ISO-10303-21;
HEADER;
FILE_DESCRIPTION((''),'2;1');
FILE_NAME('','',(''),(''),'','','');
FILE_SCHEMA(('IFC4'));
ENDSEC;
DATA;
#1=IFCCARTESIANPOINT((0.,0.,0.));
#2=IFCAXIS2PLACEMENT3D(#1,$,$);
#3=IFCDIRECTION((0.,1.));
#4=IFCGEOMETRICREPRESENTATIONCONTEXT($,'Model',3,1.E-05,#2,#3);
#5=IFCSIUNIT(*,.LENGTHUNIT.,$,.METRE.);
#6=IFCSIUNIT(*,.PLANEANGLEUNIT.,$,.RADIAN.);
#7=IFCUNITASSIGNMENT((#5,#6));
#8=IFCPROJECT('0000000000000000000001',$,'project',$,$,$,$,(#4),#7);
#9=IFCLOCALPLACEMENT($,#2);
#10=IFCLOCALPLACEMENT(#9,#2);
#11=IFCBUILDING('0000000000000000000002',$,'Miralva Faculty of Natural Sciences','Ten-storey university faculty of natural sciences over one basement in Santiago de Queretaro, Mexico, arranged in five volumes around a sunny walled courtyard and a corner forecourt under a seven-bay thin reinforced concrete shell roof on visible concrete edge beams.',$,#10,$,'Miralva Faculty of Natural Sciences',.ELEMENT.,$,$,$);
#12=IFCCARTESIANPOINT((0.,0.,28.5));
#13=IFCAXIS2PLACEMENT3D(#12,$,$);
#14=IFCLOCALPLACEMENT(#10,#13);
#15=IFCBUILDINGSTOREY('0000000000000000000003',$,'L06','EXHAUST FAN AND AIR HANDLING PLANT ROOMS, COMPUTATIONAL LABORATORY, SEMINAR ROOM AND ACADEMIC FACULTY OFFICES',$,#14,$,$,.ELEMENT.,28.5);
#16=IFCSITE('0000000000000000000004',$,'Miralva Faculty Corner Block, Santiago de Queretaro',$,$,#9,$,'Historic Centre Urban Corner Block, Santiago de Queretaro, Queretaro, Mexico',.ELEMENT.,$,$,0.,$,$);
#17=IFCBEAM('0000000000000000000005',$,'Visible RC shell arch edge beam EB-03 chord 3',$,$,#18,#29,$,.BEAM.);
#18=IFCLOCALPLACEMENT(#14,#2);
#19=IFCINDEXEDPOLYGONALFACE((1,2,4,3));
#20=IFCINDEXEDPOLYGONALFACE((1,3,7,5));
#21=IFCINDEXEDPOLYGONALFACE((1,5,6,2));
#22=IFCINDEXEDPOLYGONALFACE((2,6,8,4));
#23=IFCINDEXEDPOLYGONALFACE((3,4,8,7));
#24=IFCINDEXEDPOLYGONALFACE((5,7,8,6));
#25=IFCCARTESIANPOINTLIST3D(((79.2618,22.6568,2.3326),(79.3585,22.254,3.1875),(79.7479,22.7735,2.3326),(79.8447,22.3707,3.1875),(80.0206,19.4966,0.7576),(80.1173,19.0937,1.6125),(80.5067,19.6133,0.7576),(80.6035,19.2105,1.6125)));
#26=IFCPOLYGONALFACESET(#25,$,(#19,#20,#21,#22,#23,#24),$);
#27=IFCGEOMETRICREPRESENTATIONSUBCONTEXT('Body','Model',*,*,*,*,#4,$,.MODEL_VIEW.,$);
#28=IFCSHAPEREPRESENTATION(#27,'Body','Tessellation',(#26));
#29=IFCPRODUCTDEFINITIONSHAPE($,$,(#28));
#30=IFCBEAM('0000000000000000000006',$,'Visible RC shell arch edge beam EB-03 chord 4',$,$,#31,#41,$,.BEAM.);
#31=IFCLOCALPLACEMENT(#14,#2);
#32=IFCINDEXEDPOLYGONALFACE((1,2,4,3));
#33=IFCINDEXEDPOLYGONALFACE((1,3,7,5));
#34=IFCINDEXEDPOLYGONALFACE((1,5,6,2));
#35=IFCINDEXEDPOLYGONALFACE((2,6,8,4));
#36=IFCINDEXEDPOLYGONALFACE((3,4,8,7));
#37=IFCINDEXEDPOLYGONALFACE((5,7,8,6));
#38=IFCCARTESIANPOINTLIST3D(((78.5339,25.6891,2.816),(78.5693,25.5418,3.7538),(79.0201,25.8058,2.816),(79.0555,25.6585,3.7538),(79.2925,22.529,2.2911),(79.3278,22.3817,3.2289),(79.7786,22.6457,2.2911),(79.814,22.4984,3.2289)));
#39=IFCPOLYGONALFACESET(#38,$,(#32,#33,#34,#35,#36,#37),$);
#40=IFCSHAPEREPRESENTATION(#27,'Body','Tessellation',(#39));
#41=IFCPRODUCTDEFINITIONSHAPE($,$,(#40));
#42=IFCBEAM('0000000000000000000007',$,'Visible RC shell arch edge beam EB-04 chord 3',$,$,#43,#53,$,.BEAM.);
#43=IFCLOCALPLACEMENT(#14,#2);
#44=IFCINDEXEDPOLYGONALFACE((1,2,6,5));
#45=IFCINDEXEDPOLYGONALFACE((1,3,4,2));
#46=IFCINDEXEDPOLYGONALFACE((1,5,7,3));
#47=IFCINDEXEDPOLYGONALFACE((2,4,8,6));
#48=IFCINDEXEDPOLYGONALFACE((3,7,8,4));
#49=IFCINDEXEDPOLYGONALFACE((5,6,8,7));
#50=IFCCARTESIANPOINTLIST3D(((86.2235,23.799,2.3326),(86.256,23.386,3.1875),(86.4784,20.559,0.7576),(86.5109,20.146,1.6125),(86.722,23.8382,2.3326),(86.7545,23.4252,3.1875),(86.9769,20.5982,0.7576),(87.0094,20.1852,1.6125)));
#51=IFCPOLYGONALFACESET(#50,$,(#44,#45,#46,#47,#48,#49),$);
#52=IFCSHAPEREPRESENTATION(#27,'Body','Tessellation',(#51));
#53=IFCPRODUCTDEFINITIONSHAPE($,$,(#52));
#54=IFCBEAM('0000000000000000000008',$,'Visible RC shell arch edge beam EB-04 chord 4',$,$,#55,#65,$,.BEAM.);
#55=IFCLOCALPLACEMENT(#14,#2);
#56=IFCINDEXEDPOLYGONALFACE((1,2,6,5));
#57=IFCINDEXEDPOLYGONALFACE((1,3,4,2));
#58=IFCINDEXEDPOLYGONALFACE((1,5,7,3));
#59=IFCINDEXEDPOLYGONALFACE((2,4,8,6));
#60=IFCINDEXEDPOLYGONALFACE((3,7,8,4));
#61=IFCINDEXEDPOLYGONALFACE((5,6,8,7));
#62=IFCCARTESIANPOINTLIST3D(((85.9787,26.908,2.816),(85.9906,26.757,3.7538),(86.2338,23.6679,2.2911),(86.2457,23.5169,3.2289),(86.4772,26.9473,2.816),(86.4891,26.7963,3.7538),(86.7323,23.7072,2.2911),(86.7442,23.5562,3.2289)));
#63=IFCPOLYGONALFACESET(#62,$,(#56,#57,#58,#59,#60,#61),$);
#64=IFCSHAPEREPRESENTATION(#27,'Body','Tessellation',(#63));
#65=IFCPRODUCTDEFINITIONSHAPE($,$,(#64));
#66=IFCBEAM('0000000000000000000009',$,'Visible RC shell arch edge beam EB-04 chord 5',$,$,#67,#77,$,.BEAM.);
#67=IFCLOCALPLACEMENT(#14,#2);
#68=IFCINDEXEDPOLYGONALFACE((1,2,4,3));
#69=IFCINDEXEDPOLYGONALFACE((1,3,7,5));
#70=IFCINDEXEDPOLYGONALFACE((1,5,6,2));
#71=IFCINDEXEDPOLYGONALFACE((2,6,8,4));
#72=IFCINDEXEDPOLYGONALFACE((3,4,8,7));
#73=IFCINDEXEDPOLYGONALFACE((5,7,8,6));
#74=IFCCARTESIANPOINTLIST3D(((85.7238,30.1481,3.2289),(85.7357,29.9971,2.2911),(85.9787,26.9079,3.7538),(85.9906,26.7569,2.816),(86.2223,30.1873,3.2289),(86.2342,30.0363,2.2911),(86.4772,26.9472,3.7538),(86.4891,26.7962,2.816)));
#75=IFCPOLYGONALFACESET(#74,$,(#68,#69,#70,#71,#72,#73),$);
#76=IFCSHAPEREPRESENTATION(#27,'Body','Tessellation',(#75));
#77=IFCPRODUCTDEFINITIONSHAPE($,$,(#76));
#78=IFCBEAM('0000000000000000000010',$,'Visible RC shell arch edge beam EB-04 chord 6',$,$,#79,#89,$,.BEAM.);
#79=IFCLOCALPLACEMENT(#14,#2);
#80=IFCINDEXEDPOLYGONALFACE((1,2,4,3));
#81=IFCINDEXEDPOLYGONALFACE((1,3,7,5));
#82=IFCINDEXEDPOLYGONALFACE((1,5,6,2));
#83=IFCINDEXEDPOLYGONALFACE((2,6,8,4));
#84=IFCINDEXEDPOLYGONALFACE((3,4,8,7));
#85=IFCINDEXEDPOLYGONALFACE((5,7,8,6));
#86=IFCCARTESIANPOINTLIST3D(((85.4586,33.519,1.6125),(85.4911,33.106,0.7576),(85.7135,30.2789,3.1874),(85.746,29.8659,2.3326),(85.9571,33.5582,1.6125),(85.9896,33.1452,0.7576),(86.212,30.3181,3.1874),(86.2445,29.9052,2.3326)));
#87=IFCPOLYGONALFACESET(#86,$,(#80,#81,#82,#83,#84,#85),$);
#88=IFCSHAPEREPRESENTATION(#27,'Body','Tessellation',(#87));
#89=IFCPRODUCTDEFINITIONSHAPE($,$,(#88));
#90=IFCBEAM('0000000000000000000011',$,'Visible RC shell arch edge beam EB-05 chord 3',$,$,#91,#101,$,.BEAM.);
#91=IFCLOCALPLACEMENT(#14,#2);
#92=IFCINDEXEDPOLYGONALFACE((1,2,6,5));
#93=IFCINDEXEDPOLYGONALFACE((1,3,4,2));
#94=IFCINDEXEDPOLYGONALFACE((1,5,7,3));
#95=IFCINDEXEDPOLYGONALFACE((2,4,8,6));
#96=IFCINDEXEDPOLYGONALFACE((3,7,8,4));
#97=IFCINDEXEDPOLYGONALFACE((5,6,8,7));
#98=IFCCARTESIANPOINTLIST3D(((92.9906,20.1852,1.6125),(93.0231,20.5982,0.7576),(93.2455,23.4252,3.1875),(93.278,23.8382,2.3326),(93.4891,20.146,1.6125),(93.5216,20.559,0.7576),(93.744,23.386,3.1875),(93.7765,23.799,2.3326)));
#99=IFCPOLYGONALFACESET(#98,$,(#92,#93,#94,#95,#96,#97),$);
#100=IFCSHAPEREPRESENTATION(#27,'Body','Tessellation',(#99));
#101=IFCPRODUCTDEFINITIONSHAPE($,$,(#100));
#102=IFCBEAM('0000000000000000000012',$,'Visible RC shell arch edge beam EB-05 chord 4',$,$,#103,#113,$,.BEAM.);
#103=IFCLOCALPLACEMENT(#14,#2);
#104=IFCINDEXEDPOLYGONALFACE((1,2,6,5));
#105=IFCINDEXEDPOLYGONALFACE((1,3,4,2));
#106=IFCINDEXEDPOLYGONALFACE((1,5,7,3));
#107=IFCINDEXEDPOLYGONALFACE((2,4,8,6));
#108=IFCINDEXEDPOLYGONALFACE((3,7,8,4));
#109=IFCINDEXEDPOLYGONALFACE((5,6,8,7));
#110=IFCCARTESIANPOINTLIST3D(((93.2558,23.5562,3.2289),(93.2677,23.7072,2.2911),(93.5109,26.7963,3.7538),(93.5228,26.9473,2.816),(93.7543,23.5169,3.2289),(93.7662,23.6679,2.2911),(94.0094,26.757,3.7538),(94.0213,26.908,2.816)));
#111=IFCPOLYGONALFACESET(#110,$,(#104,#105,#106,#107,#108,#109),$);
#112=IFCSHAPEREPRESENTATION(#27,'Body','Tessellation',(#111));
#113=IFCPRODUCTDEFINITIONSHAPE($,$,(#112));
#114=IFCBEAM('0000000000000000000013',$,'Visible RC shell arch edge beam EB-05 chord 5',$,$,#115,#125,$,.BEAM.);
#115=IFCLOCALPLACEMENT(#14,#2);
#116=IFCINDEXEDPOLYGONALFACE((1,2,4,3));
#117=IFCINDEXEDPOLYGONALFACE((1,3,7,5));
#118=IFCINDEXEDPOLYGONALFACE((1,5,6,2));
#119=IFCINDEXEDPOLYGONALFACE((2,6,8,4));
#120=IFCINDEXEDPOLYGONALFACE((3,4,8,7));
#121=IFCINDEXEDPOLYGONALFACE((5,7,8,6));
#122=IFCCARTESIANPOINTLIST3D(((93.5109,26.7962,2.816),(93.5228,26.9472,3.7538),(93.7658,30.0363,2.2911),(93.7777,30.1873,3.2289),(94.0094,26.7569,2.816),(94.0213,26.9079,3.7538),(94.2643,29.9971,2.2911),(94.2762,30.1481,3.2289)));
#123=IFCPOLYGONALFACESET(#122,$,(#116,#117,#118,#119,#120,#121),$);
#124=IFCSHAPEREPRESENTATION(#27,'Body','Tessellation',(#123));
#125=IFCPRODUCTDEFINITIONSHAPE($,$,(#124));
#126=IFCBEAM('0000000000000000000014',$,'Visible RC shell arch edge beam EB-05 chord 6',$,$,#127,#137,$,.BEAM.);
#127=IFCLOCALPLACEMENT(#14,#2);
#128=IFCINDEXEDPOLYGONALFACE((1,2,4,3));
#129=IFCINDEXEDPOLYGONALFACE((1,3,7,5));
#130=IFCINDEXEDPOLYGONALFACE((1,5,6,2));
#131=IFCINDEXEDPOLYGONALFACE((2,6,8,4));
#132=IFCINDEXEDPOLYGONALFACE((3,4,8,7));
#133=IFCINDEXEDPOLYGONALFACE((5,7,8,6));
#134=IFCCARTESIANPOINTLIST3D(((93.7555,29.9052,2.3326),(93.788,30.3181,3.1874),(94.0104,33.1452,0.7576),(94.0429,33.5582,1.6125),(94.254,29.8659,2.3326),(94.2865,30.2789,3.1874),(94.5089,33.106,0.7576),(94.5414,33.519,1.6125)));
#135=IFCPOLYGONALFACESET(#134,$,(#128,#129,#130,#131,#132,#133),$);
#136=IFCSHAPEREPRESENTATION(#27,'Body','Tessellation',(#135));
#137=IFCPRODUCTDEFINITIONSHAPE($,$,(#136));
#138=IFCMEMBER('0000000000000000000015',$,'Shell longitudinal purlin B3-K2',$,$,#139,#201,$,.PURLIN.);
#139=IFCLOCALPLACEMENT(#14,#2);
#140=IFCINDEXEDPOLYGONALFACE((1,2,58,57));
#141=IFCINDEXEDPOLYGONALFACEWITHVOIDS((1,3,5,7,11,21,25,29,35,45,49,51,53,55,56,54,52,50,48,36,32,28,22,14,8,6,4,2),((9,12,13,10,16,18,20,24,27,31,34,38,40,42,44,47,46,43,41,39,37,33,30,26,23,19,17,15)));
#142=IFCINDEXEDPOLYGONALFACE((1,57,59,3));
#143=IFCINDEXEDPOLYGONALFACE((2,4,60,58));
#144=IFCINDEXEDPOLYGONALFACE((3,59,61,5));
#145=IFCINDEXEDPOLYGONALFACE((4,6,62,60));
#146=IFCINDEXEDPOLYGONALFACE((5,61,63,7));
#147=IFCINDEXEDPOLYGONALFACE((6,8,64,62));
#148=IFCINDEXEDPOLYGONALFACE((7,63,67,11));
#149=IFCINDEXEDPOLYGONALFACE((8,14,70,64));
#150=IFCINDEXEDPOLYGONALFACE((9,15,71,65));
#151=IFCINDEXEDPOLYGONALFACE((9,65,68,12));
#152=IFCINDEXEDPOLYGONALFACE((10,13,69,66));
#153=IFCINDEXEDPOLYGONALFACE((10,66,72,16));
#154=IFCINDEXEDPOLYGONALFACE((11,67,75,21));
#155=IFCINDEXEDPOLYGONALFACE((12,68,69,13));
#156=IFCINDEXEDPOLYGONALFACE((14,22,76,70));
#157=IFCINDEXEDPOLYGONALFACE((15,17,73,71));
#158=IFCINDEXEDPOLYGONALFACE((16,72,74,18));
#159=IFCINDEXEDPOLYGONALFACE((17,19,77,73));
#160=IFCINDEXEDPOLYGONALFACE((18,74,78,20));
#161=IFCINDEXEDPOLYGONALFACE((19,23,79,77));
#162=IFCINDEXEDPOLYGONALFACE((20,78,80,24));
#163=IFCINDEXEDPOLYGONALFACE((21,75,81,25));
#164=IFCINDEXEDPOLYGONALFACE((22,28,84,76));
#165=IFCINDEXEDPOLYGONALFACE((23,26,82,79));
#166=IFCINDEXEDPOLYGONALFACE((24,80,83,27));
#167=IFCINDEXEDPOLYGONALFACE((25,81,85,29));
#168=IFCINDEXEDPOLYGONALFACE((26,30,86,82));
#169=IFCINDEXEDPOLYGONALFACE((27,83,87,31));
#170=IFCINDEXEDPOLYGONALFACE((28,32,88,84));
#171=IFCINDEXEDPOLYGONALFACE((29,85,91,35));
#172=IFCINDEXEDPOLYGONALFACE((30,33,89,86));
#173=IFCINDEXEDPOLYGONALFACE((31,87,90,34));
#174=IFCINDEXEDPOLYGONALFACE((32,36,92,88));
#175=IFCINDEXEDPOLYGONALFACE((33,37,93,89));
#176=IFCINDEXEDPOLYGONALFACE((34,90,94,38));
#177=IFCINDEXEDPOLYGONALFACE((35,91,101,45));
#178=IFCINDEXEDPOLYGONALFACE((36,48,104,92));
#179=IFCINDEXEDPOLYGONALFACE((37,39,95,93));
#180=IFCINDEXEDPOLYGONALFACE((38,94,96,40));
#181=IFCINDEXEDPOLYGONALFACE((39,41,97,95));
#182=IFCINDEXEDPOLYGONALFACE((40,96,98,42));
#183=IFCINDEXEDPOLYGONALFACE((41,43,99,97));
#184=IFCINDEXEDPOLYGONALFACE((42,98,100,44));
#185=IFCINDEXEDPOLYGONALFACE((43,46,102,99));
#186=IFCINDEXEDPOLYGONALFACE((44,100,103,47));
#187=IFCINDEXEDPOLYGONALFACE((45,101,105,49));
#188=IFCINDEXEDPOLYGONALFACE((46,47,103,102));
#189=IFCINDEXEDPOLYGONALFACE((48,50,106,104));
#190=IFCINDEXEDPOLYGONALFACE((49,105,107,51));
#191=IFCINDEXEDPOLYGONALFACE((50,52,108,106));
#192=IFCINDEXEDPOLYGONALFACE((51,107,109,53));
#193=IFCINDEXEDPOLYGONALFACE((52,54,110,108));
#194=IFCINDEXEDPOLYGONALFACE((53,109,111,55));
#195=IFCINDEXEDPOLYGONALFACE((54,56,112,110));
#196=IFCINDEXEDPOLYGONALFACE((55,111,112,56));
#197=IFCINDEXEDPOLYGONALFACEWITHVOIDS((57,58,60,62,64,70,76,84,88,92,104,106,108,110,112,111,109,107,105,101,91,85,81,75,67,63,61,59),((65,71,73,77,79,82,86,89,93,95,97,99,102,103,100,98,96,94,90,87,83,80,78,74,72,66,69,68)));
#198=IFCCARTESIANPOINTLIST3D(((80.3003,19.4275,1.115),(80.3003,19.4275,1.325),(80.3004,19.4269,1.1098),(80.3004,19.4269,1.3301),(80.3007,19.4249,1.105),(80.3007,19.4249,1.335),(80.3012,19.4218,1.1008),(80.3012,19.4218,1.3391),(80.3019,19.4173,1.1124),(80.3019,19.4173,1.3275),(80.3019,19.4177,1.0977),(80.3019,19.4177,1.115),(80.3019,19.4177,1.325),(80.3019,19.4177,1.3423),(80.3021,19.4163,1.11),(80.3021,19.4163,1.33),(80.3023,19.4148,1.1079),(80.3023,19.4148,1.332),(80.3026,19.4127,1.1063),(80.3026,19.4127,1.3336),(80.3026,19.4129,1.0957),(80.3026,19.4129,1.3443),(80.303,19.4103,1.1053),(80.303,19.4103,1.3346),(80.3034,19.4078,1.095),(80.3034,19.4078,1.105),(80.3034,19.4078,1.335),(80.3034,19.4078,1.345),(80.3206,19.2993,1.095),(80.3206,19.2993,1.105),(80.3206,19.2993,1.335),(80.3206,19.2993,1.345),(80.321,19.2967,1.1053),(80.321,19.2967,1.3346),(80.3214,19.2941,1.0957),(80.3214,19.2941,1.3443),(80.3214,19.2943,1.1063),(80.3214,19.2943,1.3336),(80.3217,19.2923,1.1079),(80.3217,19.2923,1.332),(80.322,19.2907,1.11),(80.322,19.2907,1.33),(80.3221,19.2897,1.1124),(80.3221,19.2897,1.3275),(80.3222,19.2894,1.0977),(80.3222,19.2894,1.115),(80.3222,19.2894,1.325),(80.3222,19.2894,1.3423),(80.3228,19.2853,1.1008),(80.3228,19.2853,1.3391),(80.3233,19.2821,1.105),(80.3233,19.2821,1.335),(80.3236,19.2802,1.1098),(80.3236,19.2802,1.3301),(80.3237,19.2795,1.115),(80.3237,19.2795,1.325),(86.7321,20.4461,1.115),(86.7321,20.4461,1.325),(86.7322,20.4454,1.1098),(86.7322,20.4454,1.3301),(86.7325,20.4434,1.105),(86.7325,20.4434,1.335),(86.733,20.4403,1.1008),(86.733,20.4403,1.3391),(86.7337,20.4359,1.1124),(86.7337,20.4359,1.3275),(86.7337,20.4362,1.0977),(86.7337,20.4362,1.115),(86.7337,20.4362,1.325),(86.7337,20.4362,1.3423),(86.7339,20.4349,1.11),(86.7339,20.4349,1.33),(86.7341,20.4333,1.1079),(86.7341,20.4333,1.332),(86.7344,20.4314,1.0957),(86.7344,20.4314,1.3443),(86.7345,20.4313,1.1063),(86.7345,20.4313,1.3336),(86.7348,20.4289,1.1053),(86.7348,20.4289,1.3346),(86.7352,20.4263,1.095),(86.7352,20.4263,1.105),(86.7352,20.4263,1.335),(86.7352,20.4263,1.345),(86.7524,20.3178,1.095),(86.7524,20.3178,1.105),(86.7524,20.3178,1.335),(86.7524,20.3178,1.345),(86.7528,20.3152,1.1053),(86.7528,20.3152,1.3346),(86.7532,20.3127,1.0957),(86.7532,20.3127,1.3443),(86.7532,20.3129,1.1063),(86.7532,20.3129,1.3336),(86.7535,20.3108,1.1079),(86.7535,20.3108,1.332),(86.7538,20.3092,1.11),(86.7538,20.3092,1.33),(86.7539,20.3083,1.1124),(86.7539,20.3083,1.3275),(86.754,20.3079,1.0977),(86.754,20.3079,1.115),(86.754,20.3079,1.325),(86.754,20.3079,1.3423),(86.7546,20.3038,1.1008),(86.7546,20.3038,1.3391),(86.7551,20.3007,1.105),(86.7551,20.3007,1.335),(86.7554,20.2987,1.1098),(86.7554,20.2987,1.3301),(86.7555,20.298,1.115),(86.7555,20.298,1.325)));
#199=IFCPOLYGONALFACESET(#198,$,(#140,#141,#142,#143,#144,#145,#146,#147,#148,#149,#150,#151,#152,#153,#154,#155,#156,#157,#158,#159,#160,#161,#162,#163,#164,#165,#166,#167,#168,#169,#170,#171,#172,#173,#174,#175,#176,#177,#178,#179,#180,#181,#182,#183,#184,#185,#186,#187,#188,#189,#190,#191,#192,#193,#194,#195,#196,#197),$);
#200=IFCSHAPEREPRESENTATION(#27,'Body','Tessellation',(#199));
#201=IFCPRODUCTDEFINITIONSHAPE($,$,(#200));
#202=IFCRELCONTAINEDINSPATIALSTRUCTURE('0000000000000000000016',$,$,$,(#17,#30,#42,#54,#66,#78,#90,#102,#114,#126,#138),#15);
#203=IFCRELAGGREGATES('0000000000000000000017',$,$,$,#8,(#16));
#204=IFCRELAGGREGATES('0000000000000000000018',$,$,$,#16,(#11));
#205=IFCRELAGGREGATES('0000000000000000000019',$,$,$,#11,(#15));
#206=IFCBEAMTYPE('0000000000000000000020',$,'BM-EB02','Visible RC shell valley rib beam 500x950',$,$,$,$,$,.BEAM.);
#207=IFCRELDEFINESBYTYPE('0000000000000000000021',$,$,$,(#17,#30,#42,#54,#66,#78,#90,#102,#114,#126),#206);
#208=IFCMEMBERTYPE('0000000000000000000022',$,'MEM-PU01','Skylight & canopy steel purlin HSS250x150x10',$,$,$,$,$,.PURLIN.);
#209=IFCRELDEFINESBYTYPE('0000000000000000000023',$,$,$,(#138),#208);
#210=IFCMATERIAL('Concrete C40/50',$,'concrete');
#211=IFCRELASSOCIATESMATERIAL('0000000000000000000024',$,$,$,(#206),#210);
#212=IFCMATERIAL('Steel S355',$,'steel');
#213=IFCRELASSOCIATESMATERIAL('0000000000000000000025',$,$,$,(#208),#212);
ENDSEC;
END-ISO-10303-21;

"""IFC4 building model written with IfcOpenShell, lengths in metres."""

from ifc_helpers import new_model, si_unit, direction, frame, origin, origin_2d, place, context, subcontext, project, spatial, rectangle, hollow_rectangle, extrude, material, material_profile, profile_set, type_object, element, save


model = new_model("IFC4")

# Units and contexts
model_context = context("Model", 3, precision=1e-05, world=origin(), true_north=direction((0.0, 1.0)))
body_context = subcontext(model_context, "Body", "Model", "MODEL_VIEW")
ifc_project = project(units=[si_unit("LENGTHUNIT", "METRE"), si_unit("PLANEANGLEUNIT", "RADIAN")], contexts=[model_context])

# Site, building, storey
site_placement = place(None, origin())
site = spatial("IfcSite", under=ifc_project, at=site_placement, Name="Miralva Faculty Corner Block, Santiago de Queretaro", LongName="Historic Centre Urban Corner Block, Santiago de Queretaro, Queretaro, Mexico", CompositionType="ELEMENT", RefElevation=0.0)
building_placement = place(site_placement, origin())
building = spatial("IfcBuilding", under=site, at=building_placement, Name="Miralva Faculty of Natural Sciences", Description="Ten-storey university faculty of natural sciences over one basement in Santiago de Queretaro, Mexico, arranged in five volumes around a sunny walled courtyard and a corner forecourt under a seven-bay thin reinforced concrete shell roof on visible concrete edge beams.", LongName="Miralva Faculty of Natural Sciences", CompositionType="ELEMENT")
storey_placement = place(building_placement, frame((0.0, 0.0, 28.5)))
storey = spatial("IfcBuildingStorey", under=building, at=storey_placement, Name="L06", Description="EXHAUST FAN AND AIR HANDLING PLANT ROOMS, COMPUTATIONAL LABORATORY, SEMINAR ROOM AND ACADEMIC FACULTY OFFICES", CompositionType="ELEMENT", Elevation=28.5)

# Beams
ifc_material_1 = material(Name="Concrete C40/50", Category="concrete")
ifc_material_profile_1 = material_profile(ifc_material_1, rectangle(XDim=0.5, YDim=0.95, at=origin_2d()), Name="RC 500x950")
ifc_profile_set_1 = profile_set([ifc_material_profile_1], Name="Concrete C40/50")
beam_type = type_object("IfcBeamType", Name="BM-EB02", Description="Visible RC shell valley rib beam 500x950", PredefinedType="BEAM", material=ifc_profile_set_1)
beam_1_placement = place(storey_placement, frame((80.312, 19.3535, 1.1851), z_axis=(-0.210104, 0.87503, 0.436095), x_axis=(-0.972363, -0.233475, 0.0)))
element("IfcBeam", 1, at=beam_1_placement, inside=storey, type_object=beam_type, Name="Visible RC shell arch edge beam EB-03 chord 3", PredefinedType="BEAM", context=body_context, shape_type="SweptSolid", body=[
    extrude(rectangle(XDim=0.5, YDim=0.95, at=origin_2d()), origin(), (0.0, 0.0, 1.0), 3.6116),
])
beam_2_placement = place(storey_placement, frame((79.5532, 22.5137, 2.76), z_axis=(-0.230418, 0.95994, 0.159446), x_axis=(-0.97238, -0.233404, 0.0)))
element("IfcBeam", 2, at=beam_2_placement, inside=storey, type_object=beam_type, Name="Visible RC shell arch edge beam EB-03 chord 4", PredefinedType="BEAM", context=body_context, shape_type="SweptSolid", body=[
    extrude(rectangle(XDim=0.5, YDim=0.95, at=origin_2d()), origin(), (0.0, 0.0, 1.0), 3.292),
])
beam_3_placement = place(storey_placement, frame((86.7439, 20.3721, 1.1851), z_axis=(-0.070575, 0.89713, 0.436093), x_axis=(-0.99692, -0.078425, 0.0)))
element("IfcBeam", 3, at=beam_3_placement, inside=storey, type_object=beam_type, Name="Visible RC shell arch edge beam EB-04 chord 3", PredefinedType="BEAM", context=body_context, shape_type="SweptSolid", body=[
    extrude(rectangle(XDim=0.5, YDim=0.95, at=origin_2d()), origin(), (0.0, 0.0, 1.0), 3.6116),
])
for number, where, z_axis, x_axis, name in (
    (4, (86.489, 23.6121, 2.76), (-0.077496, 0.984161, 0.159441), (-0.996914, -0.0785, 0.0), "Visible RC shell arch edge beam EB-04 chord 4"),
    (5, (86.2339, 26.8521, 3.2849), (-0.077422, 0.984167, -0.159442), (-0.99692, -0.078425, 0.0), "Visible RC shell arch edge beam EB-04 chord 5"),
):
    element("IfcBeam", number, at=place(storey_placement, frame(where, z_axis=z_axis, x_axis=x_axis)), inside=storey, type_object=beam_type, Name=name, PredefinedType="BEAM", context=body_context, shape_type="SweptSolid", body=[
        extrude(rectangle(XDim=0.5, YDim=0.95, at=origin_2d()), origin(), (0.0, 0.0, 1.0), 3.2922),
    ])
for number, where, z_axis, x_axis, name in (
    (6, (85.979, 30.092, 2.76), (-0.070575, 0.89713, -0.436093), (-0.99692, -0.078425, 0.0), "Visible RC shell arch edge beam EB-04 chord 6"),
    (7, (93.2561, 20.3721, 1.1851), (0.070575, 0.89713, 0.436093), (-0.99692, 0.078425, 0.0), "Visible RC shell arch edge beam EB-05 chord 3"),
):
    element("IfcBeam", number, at=place(storey_placement, frame(where, z_axis=z_axis, x_axis=x_axis)), inside=storey, type_object=beam_type, Name=name, PredefinedType="BEAM", context=body_context, shape_type="SweptSolid", body=[
        extrude(rectangle(XDim=0.5, YDim=0.95, at=origin_2d()), origin(), (0.0, 0.0, 1.0), 3.6116),
    ])
for number, where, z_axis, x_axis, name in (
    (8, (93.511, 23.6121, 2.76), (0.077496, 0.984161, 0.159441), (-0.996914, 0.0785, 0.0), "Visible RC shell arch edge beam EB-05 chord 4"),
    (9, (93.7661, 26.8521, 3.2849), (0.077422, 0.984167, -0.159442), (-0.99692, 0.078425, 0.0), "Visible RC shell arch edge beam EB-05 chord 5"),
):
    element("IfcBeam", number, at=place(storey_placement, frame(where, z_axis=z_axis, x_axis=x_axis)), inside=storey, type_object=beam_type, Name=name, PredefinedType="BEAM", context=body_context, shape_type="SweptSolid", body=[
        extrude(rectangle(XDim=0.5, YDim=0.95, at=origin_2d()), origin(), (0.0, 0.0, 1.0), 3.2922),
    ])
beam_4_placement = place(storey_placement, frame((94.021, 30.092, 2.76), z_axis=(0.070575, 0.89713, -0.436093), x_axis=(-0.99692, 0.078425, 0.0)))
element("IfcBeam", 10, at=beam_4_placement, inside=storey, type_object=beam_type, Name="Visible RC shell arch edge beam EB-05 chord 6", PredefinedType="BEAM", context=body_context, shape_type="SweptSolid", body=[
    extrude(rectangle(XDim=0.5, YDim=0.95, at=origin_2d()), origin(), (0.0, 0.0, 1.0), 3.6116),
])

# Member
ifc_material_2 = material(Name="Steel S355", Category="steel")
ifc_material_profile_2 = material_profile(ifc_material_2, hollow_rectangle(XDim=0.1499, YDim=0.25, WallThickness=0.01, InnerFilletRadius=0.01, OuterFilletRadius=0.02, at=origin_2d()), Name="HSS 250x150x10")
ifc_profile_set_2 = profile_set([ifc_material_profile_2], Name="Steel S355")
member_type = type_object("IfcMemberType", Name="MEM-PU01", Description="Skylight & canopy steel purlin HSS250x150x10", PredefinedType="PURLIN", material=ifc_profile_set_2)
member_1_placement = place(storey_placement, frame((80.312, 19.3535, 1.22), z_axis=(0.987692, 0.156411, 0.0), x_axis=(-0.156411, 0.987692, 0.0)))
element("IfcMember", 11, at=member_1_placement, inside=storey, type_object=member_type, Name="Shell longitudinal purlin B3-K2", PredefinedType="PURLIN", context=body_context, shape_type="SweptSolid", body=[
    extrude(hollow_rectangle(XDim=0.1499, YDim=0.25, WallThickness=0.01, InnerFilletRadius=0.01, OuterFilletRadius=0.02, at=origin_2d()), origin(), (0.0, 0.0, 1.0), 6.512),
])

save(model, "model.ifc")
